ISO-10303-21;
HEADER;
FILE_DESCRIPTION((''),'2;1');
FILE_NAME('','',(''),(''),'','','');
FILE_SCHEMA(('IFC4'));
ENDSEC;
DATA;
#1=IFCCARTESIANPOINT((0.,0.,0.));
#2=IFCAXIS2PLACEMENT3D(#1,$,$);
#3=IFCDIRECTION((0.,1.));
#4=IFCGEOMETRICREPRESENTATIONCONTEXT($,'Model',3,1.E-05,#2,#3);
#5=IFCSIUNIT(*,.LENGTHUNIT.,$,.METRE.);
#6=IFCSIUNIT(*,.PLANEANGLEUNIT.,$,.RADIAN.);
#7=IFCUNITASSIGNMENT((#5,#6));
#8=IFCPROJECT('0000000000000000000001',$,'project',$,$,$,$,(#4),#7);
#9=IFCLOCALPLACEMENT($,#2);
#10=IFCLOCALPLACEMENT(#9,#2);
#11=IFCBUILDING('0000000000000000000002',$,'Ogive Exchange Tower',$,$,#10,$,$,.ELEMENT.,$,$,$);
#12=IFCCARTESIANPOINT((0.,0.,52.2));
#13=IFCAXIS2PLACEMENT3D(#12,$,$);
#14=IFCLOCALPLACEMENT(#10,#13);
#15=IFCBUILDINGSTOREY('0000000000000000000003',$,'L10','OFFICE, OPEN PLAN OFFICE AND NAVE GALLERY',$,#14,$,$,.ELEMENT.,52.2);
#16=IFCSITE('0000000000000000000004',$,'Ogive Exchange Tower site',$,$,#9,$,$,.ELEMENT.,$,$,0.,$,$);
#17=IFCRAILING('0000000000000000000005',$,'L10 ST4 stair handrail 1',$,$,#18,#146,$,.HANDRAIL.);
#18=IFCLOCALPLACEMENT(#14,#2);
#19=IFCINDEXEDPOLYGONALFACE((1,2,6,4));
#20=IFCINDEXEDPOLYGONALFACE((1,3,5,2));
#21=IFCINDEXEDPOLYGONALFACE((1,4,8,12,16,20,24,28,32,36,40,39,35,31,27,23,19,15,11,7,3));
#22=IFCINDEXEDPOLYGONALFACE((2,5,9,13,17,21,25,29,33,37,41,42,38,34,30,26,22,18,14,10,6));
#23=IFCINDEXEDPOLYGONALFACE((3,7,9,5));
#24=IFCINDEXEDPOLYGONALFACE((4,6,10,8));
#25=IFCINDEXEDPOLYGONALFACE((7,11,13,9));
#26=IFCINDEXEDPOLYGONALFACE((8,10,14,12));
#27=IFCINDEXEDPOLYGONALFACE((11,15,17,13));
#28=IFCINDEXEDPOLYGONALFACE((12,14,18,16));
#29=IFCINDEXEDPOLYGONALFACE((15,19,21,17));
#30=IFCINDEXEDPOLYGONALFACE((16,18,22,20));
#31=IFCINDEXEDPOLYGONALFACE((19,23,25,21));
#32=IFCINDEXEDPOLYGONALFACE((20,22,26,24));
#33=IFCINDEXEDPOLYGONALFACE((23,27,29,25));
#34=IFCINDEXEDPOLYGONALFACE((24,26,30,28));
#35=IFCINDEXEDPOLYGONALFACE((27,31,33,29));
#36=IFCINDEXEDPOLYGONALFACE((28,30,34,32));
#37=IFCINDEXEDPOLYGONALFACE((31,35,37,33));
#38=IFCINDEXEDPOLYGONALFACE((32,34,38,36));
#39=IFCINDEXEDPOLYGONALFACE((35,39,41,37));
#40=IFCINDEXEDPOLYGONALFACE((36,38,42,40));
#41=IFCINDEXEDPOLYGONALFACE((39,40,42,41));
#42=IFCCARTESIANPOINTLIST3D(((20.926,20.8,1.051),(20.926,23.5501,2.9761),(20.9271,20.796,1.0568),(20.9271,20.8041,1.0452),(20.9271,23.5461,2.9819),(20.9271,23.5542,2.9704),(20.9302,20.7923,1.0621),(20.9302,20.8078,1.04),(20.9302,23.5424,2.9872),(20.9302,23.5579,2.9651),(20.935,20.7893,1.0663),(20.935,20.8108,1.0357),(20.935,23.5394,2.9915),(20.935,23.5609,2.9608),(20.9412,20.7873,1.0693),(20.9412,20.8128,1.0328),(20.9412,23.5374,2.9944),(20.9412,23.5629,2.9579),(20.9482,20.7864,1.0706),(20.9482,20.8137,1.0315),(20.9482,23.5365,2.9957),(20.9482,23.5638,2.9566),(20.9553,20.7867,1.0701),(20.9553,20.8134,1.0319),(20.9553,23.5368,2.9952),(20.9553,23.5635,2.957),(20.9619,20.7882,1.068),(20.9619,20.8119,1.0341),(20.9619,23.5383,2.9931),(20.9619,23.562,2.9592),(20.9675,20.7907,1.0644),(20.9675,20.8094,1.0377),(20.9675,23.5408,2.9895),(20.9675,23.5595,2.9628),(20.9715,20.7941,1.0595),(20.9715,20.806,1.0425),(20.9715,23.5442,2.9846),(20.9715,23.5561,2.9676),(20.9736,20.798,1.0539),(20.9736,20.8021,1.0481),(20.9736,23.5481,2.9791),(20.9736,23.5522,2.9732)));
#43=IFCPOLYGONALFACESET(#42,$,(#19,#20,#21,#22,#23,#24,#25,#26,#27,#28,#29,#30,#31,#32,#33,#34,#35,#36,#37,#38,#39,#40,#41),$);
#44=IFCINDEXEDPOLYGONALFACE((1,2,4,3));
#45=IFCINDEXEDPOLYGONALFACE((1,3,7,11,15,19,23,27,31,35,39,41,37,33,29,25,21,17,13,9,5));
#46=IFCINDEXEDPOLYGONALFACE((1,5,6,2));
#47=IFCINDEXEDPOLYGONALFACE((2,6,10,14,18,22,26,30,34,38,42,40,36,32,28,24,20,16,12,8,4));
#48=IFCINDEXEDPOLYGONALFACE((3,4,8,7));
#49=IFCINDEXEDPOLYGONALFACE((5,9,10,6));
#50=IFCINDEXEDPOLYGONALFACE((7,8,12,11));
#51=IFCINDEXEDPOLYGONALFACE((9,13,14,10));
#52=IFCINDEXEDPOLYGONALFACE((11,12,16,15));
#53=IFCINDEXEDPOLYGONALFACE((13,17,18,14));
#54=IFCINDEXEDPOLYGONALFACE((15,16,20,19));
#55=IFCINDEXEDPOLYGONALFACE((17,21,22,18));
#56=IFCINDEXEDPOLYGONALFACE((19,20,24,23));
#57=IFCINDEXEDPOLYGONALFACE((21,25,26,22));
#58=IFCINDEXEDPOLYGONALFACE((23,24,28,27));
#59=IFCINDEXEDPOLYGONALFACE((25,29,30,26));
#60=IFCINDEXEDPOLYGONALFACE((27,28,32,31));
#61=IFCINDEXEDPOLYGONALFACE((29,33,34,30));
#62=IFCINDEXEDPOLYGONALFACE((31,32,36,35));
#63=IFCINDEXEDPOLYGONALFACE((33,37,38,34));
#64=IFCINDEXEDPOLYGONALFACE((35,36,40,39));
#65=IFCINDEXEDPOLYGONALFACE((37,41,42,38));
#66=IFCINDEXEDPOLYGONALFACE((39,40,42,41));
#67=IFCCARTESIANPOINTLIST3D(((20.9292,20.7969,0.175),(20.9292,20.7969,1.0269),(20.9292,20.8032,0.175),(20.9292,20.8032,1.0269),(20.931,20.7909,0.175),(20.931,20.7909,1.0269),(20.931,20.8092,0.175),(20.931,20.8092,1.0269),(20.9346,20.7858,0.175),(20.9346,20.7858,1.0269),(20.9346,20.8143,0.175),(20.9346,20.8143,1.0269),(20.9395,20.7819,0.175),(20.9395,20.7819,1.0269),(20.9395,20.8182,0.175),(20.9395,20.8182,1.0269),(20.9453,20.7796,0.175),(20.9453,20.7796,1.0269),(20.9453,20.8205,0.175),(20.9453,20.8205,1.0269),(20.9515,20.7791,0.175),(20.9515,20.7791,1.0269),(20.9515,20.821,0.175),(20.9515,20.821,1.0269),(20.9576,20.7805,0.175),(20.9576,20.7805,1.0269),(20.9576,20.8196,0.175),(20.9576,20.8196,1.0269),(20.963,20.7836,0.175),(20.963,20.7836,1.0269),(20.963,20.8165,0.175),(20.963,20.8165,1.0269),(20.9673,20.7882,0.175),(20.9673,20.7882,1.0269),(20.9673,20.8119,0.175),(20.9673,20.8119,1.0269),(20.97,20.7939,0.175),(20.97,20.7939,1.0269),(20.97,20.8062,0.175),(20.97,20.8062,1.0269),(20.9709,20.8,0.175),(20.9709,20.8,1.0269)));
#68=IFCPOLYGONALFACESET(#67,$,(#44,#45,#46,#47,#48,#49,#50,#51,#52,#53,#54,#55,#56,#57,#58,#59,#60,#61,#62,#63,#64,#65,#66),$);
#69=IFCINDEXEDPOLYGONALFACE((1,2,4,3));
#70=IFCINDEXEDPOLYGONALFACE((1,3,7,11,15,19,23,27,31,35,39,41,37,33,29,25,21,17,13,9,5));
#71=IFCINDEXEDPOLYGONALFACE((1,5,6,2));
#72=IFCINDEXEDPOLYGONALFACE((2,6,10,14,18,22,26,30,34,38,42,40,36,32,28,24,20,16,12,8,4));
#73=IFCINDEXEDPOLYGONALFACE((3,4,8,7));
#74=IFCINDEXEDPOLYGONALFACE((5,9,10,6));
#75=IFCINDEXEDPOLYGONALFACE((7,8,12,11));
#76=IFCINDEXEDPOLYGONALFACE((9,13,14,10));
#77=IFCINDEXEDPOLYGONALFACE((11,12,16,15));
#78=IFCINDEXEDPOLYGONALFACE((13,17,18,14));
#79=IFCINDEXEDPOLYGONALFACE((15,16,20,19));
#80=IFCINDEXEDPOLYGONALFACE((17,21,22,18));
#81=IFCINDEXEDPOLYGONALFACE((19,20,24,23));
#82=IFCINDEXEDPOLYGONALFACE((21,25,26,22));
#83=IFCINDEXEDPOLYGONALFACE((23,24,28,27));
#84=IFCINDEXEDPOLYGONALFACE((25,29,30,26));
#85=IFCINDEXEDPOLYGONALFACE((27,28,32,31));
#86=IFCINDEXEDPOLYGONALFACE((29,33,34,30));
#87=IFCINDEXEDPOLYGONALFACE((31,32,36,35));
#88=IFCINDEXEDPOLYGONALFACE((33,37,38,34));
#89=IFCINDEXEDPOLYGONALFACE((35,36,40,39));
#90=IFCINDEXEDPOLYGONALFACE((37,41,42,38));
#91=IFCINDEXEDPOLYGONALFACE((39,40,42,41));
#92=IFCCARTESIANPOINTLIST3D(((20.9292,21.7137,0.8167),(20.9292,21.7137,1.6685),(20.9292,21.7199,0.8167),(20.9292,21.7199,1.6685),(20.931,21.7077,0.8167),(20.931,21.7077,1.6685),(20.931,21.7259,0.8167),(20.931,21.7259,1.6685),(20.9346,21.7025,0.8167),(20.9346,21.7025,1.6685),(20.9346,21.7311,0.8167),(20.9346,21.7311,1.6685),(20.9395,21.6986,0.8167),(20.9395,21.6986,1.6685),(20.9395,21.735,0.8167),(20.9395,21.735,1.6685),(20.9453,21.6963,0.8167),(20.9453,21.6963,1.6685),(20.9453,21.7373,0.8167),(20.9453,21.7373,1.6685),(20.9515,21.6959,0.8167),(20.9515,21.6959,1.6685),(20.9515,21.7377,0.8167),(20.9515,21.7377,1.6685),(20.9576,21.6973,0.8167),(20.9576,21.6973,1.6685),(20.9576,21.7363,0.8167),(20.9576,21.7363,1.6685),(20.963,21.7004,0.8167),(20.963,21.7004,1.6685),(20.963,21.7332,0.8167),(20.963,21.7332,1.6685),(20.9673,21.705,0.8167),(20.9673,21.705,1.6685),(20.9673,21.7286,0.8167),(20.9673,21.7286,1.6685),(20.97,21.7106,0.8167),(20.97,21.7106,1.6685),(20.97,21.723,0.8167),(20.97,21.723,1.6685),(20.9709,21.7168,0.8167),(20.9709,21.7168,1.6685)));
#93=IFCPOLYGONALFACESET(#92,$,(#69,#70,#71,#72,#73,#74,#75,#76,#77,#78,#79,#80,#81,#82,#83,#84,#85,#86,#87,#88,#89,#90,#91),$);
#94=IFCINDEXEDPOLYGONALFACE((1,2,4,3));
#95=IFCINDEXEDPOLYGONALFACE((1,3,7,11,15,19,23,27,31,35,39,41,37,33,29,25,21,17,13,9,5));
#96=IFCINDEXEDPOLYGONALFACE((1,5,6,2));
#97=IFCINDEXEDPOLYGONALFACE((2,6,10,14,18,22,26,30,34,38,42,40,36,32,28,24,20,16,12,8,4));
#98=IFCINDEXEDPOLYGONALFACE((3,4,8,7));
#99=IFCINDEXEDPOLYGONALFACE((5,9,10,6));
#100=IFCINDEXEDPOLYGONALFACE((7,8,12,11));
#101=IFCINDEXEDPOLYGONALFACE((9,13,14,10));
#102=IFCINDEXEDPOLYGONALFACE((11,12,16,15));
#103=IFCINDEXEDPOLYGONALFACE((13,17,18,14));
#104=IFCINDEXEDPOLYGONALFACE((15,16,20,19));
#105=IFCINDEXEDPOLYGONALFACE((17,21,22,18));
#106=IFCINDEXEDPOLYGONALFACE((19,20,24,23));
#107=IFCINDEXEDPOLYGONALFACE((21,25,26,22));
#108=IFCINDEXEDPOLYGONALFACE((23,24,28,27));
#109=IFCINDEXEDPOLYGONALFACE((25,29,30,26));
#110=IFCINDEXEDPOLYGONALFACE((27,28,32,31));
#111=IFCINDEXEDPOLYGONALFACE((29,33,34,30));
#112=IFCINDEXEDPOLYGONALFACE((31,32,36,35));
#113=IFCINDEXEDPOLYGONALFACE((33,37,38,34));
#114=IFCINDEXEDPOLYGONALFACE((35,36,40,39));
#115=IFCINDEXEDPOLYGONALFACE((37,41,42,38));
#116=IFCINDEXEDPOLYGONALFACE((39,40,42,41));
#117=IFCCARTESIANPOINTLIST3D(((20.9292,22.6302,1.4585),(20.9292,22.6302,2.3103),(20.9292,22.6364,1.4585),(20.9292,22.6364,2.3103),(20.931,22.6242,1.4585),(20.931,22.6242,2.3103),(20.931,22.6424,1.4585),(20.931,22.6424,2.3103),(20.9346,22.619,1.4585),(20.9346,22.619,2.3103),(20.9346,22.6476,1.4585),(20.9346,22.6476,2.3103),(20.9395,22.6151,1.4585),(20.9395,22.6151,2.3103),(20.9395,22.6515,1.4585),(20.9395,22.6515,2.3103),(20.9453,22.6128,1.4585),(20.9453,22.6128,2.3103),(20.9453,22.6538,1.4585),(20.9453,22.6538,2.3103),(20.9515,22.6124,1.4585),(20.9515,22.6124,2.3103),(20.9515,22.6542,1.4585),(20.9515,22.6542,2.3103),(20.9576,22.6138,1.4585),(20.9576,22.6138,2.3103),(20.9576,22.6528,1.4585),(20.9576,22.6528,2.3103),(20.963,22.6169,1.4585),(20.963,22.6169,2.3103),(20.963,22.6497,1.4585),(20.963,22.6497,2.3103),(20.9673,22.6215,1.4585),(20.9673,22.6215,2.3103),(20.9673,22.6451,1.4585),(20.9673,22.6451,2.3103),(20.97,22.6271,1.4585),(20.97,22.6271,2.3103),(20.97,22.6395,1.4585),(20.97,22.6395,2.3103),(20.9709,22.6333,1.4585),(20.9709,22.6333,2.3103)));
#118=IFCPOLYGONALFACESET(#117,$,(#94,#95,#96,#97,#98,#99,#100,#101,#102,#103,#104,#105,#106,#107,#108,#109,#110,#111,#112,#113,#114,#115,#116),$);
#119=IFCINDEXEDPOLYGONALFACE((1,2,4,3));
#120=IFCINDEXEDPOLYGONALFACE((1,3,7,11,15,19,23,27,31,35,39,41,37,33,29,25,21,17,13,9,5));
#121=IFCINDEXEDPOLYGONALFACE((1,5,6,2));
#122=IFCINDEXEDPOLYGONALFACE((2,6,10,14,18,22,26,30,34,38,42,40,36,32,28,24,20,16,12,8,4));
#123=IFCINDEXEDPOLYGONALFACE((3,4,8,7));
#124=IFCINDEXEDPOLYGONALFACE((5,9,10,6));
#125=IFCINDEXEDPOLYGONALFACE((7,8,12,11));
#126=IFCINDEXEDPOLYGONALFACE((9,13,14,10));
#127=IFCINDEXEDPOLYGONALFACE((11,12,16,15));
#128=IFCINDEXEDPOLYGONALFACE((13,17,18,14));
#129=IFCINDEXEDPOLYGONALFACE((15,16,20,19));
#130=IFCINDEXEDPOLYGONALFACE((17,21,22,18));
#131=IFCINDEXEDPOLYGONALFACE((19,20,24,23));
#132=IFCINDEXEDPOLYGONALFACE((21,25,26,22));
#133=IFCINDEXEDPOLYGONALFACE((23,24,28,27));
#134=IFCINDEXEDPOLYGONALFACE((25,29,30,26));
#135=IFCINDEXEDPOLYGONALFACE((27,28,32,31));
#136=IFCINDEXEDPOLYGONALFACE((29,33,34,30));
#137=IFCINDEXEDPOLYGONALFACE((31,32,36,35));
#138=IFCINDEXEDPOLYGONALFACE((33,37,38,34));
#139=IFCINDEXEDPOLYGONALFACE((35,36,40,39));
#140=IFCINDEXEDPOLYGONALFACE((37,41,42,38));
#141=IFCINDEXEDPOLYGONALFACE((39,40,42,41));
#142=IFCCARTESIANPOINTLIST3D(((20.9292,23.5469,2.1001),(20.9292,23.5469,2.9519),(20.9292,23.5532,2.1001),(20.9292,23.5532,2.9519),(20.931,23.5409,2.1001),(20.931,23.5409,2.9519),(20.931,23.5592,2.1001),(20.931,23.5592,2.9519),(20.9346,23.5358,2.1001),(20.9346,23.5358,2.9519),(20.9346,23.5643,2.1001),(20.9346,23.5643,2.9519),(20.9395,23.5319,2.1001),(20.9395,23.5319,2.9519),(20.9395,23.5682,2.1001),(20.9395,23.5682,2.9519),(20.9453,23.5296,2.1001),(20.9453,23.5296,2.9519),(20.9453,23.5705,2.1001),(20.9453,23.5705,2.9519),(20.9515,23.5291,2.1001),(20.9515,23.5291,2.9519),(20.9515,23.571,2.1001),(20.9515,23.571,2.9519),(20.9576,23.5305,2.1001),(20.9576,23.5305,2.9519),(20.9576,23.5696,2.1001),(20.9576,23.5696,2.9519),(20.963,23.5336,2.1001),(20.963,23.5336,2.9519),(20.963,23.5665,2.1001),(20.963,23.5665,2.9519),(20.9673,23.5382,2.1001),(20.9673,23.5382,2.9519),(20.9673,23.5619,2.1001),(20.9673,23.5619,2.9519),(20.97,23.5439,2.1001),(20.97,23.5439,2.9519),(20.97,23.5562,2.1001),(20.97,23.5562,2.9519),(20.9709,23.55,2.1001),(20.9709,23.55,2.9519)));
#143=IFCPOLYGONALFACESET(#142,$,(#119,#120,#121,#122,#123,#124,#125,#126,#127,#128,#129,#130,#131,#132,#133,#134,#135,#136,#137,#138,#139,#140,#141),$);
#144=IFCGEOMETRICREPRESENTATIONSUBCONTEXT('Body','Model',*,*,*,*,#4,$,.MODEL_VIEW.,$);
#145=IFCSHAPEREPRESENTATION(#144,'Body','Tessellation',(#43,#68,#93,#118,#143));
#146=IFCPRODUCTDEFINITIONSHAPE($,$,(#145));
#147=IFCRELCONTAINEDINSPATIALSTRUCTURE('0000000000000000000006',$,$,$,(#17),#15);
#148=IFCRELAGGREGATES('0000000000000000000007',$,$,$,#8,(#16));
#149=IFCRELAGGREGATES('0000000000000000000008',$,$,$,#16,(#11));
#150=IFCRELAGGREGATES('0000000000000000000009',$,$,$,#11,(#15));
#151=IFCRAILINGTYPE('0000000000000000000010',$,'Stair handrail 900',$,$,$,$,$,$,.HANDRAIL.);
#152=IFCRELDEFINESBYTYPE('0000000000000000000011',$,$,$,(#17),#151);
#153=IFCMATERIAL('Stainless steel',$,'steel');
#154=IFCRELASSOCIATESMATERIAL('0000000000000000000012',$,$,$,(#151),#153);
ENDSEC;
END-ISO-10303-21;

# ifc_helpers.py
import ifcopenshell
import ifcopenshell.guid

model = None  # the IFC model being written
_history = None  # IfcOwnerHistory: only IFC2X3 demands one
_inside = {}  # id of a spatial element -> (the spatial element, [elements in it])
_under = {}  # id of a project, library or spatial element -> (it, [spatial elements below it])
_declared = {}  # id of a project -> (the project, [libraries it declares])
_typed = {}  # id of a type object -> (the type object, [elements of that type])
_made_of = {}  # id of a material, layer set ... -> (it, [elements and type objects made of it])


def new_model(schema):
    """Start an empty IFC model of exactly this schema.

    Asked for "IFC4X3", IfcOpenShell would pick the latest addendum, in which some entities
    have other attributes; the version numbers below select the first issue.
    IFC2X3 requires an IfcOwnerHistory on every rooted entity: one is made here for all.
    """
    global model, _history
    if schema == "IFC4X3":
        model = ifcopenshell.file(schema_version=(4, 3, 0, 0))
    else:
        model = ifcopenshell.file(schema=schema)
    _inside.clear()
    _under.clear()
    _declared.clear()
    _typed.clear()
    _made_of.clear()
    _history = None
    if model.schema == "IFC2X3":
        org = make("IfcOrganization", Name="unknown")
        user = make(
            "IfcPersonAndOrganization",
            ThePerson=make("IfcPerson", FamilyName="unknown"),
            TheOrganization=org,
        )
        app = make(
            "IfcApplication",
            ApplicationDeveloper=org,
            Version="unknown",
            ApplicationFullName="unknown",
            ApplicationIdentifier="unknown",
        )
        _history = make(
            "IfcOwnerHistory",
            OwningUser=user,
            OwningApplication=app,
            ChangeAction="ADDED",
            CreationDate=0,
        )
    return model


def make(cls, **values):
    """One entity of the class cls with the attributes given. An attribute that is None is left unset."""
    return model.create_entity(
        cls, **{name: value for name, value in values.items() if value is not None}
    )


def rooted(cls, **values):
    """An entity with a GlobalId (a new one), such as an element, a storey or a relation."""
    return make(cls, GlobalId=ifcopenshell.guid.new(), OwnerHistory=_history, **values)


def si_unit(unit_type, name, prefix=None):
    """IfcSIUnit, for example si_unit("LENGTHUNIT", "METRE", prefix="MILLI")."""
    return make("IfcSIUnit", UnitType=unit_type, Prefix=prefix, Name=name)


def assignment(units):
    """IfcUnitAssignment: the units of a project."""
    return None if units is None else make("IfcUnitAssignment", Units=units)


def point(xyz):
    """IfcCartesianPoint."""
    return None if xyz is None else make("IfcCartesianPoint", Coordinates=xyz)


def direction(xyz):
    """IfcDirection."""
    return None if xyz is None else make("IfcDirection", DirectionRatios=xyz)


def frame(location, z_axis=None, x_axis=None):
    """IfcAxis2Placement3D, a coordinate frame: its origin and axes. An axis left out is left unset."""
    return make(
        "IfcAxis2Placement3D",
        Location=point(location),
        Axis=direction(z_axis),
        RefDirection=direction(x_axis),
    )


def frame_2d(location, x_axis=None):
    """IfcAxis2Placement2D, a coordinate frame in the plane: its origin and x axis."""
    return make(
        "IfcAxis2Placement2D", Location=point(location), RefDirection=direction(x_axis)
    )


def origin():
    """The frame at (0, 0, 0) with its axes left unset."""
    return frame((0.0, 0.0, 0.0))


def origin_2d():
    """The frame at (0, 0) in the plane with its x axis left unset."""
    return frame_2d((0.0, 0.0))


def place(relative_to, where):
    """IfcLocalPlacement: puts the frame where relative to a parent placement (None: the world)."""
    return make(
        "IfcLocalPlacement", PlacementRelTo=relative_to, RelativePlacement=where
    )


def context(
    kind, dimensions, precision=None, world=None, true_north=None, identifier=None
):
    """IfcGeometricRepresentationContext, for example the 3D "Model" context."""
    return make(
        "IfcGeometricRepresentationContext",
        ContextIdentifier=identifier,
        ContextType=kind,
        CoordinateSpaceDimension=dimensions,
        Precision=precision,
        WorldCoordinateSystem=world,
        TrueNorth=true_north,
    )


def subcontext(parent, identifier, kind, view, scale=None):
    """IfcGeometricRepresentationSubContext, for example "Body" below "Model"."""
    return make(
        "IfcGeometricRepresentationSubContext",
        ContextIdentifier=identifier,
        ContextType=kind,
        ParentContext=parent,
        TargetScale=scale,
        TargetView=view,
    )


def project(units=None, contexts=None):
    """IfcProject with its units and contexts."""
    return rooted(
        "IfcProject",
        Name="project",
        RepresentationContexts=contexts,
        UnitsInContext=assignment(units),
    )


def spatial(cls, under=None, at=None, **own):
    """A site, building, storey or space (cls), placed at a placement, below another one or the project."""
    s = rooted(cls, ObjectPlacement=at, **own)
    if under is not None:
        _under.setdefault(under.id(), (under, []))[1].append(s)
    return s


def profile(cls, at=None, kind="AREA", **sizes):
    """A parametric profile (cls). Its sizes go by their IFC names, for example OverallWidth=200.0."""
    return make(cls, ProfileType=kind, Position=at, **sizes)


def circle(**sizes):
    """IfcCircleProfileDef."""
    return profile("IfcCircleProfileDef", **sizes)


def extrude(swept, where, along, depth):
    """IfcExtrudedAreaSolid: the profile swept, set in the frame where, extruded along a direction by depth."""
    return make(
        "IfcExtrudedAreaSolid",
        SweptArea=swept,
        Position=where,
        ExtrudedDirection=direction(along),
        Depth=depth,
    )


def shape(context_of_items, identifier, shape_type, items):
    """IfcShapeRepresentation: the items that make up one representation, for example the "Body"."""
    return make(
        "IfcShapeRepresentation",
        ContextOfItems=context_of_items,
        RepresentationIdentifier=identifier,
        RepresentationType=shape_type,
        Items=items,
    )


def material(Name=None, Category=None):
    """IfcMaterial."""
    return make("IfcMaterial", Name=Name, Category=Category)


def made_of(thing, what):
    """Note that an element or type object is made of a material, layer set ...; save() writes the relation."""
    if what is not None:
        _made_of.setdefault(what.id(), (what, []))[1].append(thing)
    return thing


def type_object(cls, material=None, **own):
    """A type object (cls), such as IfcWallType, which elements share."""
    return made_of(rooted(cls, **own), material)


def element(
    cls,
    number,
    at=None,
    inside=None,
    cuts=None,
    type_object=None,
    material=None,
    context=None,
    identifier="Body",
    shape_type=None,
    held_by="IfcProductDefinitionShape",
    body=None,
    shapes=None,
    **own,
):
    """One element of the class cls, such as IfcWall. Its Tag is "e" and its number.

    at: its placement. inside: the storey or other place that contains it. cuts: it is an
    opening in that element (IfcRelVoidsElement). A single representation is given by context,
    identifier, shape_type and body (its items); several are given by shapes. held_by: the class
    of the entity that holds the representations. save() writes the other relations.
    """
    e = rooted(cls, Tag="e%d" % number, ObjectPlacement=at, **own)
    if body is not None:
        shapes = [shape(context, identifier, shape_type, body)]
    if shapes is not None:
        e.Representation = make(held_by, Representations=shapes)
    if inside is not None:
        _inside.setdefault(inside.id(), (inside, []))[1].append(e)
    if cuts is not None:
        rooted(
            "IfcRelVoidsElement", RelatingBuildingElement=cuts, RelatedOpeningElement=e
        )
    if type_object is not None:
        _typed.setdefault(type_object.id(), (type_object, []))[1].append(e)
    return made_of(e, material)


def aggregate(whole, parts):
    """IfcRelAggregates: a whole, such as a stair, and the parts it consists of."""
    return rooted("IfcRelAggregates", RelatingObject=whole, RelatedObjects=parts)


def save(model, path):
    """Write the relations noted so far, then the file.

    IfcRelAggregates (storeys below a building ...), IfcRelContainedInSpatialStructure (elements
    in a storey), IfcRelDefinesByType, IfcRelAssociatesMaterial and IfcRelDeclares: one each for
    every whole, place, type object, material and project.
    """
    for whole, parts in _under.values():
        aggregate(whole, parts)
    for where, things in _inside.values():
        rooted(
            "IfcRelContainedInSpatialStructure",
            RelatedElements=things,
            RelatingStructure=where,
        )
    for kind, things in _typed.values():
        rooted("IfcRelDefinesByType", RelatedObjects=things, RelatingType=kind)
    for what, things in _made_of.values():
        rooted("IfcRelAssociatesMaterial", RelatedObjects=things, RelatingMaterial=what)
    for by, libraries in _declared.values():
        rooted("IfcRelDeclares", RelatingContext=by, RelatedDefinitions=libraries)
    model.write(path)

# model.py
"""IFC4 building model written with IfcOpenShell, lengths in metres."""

from ifc_helpers import new_model, si_unit, direction, frame, origin, origin_2d, place, context, subcontext, project, spatial, circle, extrude, material, type_object, element, save


model = new_model("IFC4")

# Units and contexts
model_context = context("Model", 3, precision=1e-05, world=origin(), true_north=direction((0.0, 1.0)))
body_context = subcontext(model_context, "Body", "Model", "MODEL_VIEW")
ifc_project = project(units=[si_unit("LENGTHUNIT", "METRE"), si_unit("PLANEANGLEUNIT", "RADIAN")], contexts=[model_context])

# Site, building, storey
site_placement = place(None, origin())
site = spatial("IfcSite", under=ifc_project, at=site_placement, Name="Ogive Exchange Tower site", CompositionType="ELEMENT", RefElevation=0.0)
building_placement = place(site_placement, origin())
building = spatial("IfcBuilding", under=site, at=building_placement, Name="Ogive Exchange Tower", CompositionType="ELEMENT")
storey_placement = place(building_placement, frame((0.0, 0.0, 52.2)))
storey = spatial("IfcBuildingStorey", under=building, at=storey_placement, Name="L10", Description="OFFICE, OPEN PLAN OFFICE AND NAVE GALLERY", CompositionType="ELEMENT", Elevation=52.2)

# Railing
ifc_material_1 = material(Name="Stainless steel", Category="steel")
railing_type = type_object("IfcRailingType", Name="Stair handrail 900", PredefinedType="HANDRAIL", material=ifc_material_1)
railing_1_placement = place(storey_placement, frame((20.95, 20.8, 0.175)))
element("IfcRailing", 1, at=railing_1_placement, inside=storey, type_object=railing_type, Name="L10 ST4 stair handrail 1", PredefinedType="HANDRAIL", context=body_context, shape_type="SweptSolid", body=[
    extrude(circle(Radius=0.0239, at=origin_2d()), frame((0.0, 0.0, 0.876), z_axis=(0.0, 0.819225, 0.573472), x_axis=(-1.0, 0.0, 0.0)), (0.0, 0.0, 1.0), 3.3569),
    extrude(circle(Radius=0.021, at=origin_2d()), origin(), (0.0, 0.0, 1.0), 0.8518),
    extrude(circle(Radius=0.021, at=origin_2d()), frame((0.0, 0.9167, 0.6416)), (0.0, 0.0, 1.0), 0.8518),
    extrude(circle(Radius=0.021, at=origin_2d()), frame((0.0, 1.8333, 1.2834)), (0.0, 0.0, 1.0), 0.8518),
    extrude(circle(Radius=0.021, at=origin_2d()), frame((0.0, 2.75, 1.925)), (0.0, 0.0, 1.0), 0.8518),
])

save(model, "model.ifc")
